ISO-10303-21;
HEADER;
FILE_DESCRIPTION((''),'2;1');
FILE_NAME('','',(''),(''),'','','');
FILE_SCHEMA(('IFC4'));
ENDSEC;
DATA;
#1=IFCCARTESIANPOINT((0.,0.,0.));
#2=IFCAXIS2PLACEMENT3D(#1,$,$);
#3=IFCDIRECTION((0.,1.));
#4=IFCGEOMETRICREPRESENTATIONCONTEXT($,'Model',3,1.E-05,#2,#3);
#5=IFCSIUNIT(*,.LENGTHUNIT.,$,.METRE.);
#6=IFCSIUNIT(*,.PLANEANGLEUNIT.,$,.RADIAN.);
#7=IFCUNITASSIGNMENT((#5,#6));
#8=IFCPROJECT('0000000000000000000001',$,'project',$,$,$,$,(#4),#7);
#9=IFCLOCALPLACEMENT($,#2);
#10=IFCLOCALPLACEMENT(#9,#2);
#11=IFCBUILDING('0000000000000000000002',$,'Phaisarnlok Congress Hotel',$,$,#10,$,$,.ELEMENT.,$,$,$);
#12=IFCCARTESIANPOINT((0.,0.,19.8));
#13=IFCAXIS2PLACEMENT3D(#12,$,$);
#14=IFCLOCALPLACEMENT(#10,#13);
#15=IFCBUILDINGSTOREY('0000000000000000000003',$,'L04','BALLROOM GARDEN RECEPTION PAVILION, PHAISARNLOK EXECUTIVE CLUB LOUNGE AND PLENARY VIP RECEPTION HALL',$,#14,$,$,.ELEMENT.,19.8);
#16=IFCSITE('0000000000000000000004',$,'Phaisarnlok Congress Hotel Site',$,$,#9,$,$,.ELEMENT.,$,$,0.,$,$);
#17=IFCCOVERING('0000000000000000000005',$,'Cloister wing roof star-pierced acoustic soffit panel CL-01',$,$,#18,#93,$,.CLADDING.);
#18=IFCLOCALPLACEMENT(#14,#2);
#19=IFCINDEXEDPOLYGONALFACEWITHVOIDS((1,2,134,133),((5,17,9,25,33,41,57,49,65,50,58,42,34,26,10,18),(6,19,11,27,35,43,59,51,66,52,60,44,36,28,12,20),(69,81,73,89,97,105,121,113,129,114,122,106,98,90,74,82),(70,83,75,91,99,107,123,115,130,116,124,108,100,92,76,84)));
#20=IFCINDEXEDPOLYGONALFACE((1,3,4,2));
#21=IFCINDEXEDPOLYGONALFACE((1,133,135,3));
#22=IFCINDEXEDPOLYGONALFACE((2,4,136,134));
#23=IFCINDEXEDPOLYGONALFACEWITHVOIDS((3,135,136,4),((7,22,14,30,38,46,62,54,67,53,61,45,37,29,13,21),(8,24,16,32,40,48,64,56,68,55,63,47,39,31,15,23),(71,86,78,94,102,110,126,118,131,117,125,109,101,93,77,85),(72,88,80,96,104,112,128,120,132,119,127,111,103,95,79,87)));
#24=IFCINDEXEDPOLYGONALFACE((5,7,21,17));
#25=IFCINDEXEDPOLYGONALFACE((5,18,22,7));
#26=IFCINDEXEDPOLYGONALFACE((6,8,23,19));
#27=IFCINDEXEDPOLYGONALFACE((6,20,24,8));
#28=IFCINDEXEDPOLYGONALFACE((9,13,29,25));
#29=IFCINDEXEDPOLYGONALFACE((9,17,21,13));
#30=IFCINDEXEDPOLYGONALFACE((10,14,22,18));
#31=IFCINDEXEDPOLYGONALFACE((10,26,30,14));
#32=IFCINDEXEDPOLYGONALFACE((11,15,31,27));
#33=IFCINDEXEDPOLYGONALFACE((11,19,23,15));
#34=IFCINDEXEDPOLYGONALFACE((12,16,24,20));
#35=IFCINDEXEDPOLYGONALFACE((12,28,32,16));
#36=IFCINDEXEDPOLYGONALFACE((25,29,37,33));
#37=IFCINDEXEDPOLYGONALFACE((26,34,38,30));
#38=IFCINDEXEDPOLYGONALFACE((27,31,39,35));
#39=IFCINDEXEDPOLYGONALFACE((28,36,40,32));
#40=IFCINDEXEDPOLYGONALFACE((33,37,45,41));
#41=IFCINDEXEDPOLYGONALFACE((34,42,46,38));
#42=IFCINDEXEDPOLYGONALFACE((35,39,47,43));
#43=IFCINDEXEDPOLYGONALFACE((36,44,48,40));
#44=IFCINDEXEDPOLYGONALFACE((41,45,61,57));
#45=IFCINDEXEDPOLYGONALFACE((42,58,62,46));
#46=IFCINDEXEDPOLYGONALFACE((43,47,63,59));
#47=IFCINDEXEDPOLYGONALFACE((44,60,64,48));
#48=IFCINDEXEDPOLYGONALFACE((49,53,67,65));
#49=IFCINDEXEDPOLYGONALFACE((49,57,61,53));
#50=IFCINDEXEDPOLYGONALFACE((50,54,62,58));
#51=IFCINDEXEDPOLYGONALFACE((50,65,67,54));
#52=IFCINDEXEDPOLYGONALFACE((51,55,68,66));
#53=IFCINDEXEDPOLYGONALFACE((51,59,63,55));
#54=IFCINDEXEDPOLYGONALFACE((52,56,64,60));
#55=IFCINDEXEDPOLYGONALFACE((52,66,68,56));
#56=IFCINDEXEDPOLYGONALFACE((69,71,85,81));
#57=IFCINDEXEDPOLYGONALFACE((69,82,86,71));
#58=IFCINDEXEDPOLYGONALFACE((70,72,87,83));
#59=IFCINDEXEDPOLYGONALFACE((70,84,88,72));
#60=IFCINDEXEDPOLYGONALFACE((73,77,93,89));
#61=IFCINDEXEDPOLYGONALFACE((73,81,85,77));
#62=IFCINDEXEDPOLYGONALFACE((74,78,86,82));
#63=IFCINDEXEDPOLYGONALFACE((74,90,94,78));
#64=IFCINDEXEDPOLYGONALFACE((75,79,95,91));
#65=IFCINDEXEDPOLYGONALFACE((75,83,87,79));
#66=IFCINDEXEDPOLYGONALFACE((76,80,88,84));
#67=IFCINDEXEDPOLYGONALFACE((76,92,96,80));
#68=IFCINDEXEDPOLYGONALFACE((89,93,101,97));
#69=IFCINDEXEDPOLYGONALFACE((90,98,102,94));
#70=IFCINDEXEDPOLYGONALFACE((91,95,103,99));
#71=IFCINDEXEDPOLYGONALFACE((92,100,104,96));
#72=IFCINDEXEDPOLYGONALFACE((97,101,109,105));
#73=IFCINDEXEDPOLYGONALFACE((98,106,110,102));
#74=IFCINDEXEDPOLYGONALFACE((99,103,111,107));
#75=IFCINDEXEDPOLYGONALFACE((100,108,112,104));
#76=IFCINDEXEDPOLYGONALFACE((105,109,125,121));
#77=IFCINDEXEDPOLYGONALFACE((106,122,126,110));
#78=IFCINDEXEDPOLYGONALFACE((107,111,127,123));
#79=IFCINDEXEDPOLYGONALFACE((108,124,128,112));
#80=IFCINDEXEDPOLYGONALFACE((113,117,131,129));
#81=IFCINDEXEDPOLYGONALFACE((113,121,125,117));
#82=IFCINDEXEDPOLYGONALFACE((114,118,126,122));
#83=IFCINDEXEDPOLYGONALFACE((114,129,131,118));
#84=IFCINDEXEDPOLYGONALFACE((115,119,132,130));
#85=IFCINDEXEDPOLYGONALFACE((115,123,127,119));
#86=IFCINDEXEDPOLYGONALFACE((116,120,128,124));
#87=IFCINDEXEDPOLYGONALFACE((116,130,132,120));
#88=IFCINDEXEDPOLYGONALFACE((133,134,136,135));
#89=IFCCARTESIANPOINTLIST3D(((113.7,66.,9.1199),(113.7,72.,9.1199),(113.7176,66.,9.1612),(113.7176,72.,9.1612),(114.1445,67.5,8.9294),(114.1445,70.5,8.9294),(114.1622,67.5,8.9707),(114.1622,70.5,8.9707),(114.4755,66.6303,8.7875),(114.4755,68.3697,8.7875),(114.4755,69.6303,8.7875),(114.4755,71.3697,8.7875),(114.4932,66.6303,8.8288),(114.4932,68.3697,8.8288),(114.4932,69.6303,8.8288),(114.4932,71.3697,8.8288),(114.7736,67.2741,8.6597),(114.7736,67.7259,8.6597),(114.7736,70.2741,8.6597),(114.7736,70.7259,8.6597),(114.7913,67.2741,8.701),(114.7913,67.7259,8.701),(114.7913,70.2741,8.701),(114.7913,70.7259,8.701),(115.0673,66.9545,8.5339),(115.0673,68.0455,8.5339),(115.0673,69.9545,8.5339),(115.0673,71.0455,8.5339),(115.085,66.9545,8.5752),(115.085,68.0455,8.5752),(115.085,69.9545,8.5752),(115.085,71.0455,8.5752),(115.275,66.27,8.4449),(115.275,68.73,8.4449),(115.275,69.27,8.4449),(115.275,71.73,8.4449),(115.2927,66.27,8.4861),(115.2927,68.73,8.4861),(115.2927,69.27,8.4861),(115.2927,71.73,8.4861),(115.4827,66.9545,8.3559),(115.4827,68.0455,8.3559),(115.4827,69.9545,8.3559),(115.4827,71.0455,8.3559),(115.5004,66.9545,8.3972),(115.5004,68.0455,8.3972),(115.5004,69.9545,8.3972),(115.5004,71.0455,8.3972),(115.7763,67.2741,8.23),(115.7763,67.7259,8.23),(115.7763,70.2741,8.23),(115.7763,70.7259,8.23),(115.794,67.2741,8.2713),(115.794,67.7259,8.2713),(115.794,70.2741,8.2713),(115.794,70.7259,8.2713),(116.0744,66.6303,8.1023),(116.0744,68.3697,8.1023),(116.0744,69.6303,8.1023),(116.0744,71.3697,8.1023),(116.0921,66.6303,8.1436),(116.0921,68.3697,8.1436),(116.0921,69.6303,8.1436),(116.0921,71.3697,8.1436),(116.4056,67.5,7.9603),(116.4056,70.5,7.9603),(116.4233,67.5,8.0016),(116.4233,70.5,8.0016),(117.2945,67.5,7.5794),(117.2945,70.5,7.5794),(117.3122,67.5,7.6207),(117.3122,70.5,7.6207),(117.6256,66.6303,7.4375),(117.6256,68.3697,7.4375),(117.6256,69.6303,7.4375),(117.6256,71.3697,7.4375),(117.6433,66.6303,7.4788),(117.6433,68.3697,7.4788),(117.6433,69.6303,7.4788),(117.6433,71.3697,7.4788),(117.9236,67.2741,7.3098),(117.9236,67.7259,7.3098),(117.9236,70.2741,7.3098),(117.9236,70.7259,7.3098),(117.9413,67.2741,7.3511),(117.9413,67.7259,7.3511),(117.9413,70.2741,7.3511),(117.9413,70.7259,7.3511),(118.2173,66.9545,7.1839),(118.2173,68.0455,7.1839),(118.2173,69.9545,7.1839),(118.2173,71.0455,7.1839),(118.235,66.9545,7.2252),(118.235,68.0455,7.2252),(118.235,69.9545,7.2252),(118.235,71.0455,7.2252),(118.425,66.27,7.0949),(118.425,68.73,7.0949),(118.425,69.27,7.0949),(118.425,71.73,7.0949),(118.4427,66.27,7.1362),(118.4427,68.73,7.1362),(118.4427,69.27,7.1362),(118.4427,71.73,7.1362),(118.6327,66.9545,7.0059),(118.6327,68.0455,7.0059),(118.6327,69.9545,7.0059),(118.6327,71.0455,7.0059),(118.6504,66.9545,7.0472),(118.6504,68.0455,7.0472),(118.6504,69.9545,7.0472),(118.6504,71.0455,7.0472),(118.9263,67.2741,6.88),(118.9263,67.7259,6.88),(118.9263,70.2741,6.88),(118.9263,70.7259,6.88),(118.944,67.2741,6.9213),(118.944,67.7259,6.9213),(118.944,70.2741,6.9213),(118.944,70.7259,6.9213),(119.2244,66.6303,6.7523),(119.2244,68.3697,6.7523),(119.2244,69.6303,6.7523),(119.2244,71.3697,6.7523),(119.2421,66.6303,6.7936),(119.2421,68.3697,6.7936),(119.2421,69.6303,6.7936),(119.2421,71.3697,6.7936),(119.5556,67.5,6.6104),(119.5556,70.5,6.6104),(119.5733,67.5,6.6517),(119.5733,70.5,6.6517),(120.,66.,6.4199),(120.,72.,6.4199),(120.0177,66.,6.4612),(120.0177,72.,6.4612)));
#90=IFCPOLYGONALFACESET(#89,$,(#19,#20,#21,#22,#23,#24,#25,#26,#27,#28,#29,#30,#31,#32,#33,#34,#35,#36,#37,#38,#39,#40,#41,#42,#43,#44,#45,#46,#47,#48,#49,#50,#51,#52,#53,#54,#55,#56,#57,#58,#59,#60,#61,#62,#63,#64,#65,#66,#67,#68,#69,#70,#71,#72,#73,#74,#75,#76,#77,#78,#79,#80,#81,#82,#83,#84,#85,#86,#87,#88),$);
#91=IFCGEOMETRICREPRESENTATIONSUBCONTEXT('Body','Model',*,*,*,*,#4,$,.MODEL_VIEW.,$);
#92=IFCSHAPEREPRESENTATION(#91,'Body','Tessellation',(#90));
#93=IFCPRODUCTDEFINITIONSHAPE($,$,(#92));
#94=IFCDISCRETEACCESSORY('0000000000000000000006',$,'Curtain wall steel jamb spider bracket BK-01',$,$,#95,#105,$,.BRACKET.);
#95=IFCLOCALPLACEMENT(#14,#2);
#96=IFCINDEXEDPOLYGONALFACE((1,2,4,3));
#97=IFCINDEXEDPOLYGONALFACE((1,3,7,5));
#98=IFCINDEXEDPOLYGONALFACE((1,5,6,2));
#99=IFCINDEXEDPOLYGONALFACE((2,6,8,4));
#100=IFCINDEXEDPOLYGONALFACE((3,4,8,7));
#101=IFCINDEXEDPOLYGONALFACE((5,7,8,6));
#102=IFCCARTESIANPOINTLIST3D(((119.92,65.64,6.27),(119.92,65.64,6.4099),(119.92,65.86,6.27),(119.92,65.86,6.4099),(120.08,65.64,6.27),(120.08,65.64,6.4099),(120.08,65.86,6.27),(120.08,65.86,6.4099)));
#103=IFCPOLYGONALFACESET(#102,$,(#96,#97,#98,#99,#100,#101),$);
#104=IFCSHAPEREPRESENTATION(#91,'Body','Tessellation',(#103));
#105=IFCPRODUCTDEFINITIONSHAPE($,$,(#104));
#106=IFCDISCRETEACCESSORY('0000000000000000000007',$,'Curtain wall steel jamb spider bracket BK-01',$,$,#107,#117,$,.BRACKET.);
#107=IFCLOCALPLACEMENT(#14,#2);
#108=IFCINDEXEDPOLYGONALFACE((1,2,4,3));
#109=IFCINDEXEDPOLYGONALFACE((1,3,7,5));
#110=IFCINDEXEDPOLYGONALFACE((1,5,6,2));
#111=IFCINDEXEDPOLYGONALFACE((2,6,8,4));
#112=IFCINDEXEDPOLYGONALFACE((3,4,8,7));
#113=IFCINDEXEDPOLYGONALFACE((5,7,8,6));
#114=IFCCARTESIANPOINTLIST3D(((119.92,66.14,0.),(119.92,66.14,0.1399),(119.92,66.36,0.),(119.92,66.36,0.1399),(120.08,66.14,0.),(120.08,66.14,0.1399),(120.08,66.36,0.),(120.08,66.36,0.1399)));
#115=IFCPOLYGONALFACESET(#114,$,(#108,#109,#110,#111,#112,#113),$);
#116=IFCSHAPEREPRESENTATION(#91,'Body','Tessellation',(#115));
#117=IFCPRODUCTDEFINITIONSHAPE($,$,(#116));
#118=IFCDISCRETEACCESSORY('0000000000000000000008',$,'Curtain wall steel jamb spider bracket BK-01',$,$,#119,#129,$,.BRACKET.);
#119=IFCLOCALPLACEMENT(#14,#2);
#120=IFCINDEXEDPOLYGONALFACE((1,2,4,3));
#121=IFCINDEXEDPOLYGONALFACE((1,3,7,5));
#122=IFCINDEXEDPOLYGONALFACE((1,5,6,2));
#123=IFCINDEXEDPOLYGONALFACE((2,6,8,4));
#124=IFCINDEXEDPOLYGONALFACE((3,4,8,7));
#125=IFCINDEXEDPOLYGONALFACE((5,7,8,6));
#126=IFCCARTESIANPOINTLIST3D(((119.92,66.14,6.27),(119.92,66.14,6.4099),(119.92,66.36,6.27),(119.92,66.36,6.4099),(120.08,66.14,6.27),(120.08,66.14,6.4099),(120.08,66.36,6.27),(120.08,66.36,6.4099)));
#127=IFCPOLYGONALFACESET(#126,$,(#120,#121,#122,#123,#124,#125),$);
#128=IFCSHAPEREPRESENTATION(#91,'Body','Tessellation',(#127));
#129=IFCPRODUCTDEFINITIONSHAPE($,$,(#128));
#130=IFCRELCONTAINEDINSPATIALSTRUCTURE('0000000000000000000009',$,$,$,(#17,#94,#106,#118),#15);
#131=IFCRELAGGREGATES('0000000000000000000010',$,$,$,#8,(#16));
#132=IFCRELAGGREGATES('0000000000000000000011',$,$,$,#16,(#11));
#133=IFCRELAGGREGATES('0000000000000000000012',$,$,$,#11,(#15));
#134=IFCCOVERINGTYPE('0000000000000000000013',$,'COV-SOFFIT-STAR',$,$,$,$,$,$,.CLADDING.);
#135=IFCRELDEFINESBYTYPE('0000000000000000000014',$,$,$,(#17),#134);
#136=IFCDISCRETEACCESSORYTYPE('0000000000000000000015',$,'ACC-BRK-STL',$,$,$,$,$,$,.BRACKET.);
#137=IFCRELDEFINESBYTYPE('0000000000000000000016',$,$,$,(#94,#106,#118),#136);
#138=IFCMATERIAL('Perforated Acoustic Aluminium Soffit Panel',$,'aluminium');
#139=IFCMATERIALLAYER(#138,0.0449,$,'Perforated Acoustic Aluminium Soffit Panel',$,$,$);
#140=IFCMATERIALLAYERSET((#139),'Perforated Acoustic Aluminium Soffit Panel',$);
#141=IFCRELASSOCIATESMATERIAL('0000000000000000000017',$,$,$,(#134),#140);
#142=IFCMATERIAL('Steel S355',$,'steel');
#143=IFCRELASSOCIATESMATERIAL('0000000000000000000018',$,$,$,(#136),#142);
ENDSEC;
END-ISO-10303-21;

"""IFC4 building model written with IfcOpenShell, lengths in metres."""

from ifc_helpers import new_model, si_unit, direction, frame, origin, origin_2d, place, context, subcontext, project, spatial, polyline, rectangle, outline, extrude, material, layer, layer_set, type_object, element, save


model = new_model("IFC4")

# Units and contexts
model_context = context("Model", 3, precision=1e-05, world=origin(), true_north=direction((0.0, 1.0)))
body_context = subcontext(model_context, "Body", "Model", "MODEL_VIEW")
ifc_project = project(units=[si_unit("LENGTHUNIT", "METRE"), si_unit("PLANEANGLEUNIT", "RADIAN")], contexts=[model_context])

# Site, building, storey
site_placement = place(None, origin())
site = spatial("IfcSite", under=ifc_project, at=site_placement, Name="Phaisarnlok Congress Hotel Site", CompositionType="ELEMENT", RefElevation=0.0)
building_placement = place(site_placement, origin())
building = spatial("IfcBuilding", under=site, at=building_placement, Name="Phaisarnlok Congress Hotel", CompositionType="ELEMENT")
storey_placement = place(building_placement, frame((0.0, 0.0, 19.8)))
storey = spatial("IfcBuildingStorey", under=building, at=storey_placement, Name="L04", Description="BALLROOM GARDEN RECEPTION PAVILION, PHAISARNLOK EXECUTIVE CLUB LOUNGE AND PLENARY VIP RECEPTION HALL", CompositionType="ELEMENT", Elevation=19.8)

# Shared definitions
ifc_material_1 = material(Name="Steel S355", Category="steel")

# Covering
ifc_material_2 = material(Name="Perforated Acoustic Aluminium Soffit Panel", Category="aluminium")
ifc_layer_1 = layer(ifc_material_2, 0.0449, Name="Perforated Acoustic Aluminium Soffit Panel")
ifc_layer_set_1 = layer_set([ifc_layer_1], Name="Perforated Acoustic Aluminium Soffit Panel")
covering_type = type_object("IfcCoveringType", Name="COV-SOFFIT-STAR", PredefinedType="CLADDING", material=ifc_layer_set_1)
covering_placement = place(storey_placement, frame((120.0, 66.0, 6.4199), z_axis=(0.393911, 0.0, 0.919149), x_axis=(0.0, 1.0, 0.0)))
element("IfcCovering", 1, at=covering_placement, inside=storey, type_object=covering_type, Name="Cloister wing roof star-pierced acoustic soffit panel CL-01", PredefinedType="CLADDING", context=body_context, shape_type="SweptSolid", body=[
    extrude(outline(polyline([(0.0, 0.0), (6.0, 0.0), (6.0, 6.8542), (0.0, 6.8542), (0.0, 0.0)]), holes=[polyline([(2.0455, 1.4876), (2.3697, 0.8438), (1.7259, 1.1681), (1.5, 0.4835), (1.2741, 1.1681), (0.6303, 0.8438), (0.9545, 1.4876), (0.27, 1.7135), (0.9545, 1.9395), (0.6303, 2.5833), (1.2741, 2.259), (1.5, 2.9435), (1.7259, 2.259), (2.3697, 2.5833), (2.0455, 1.9395), (2.73, 1.7135), (2.0455, 1.4876)]), polyline([(2.0455, 4.9147), (2.3697, 4.2709), (1.7259, 4.5952), (1.5, 3.9106), (1.2741, 4.5952), (0.6303, 4.2709), (0.9545, 4.9147), (0.27, 5.1406), (0.9545, 5.3666), (0.6303, 6.0104), (1.2741, 5.6861), (1.5, 6.3706), (1.7259, 5.6861), (2.3697, 6.0104), (2.0455, 5.3666), (2.73, 5.1406), (2.0455, 4.9147)]), polyline([(5.0455, 1.4876), (5.3697, 0.8438), (4.7259, 1.1681), (4.5, 0.4835), (4.2741, 1.1681), (3.6303, 0.8438), (3.9545, 1.4876), (3.27, 1.7135), (3.9545, 1.9395), (3.6303, 2.5833), (4.2741, 2.259), (4.5, 2.9435), (4.7259, 2.259), (5.3697, 2.5833), (5.0455, 1.9395), (5.73, 1.7135), (5.0455, 1.4876)]), polyline([(5.0455, 4.9147), (5.3697, 4.2709), (4.7259, 4.5952), (4.5, 3.9106), (4.2741, 4.5952), (3.6303, 4.2709), (3.9545, 4.9147), (3.27, 5.1406), (3.9545, 5.3666), (3.6303, 6.0104), (4.2741, 5.6861), (4.5, 6.3706), (4.7259, 5.6861), (5.3697, 6.0104), (5.0455, 5.3666), (5.73, 5.1406), (5.0455, 4.9147)])]), origin(), (0.0, 0.0, 1.0), 0.0449),
])

# Discrete accessories
discrete_accessory_type = type_object("IfcDiscreteAccessoryType", Name="ACC-BRK-STL", PredefinedType="BRACKET", material=ifc_material_1)
for number, where, z_axis, x_axis, name in (
    (2, (120.0, 65.75, 6.27), (0.0, 0.0, 1.0), (1.0, 0.0, 0.0), "Curtain wall steel jamb spider bracket BK-01"),
    (3, (120.0, 66.25, 0.0), (0.0, 0.0, 1.0), (1.0, 0.0, 0.0), "Curtain wall steel jamb spider bracket BK-01"),
    (4, (120.0, 66.25, 6.27), (0.0, 0.0, 1.0), (1.0, 0.0, 0.0), "Curtain wall steel jamb spider bracket BK-01"),
):
    element("IfcDiscreteAccessory", number, at=place(storey_placement, frame(where, z_axis=z_axis, x_axis=x_axis)), inside=storey, type_object=discrete_accessory_type, Name=name, PredefinedType="BRACKET", context=body_context, shape_type="SweptSolid", body=[
        extrude(rectangle(XDim=0.1599, YDim=0.22, at=origin_2d()), origin(), (0.0, 0.0, 1.0), 0.1399),
    ])

save(model, "model.ifc")
